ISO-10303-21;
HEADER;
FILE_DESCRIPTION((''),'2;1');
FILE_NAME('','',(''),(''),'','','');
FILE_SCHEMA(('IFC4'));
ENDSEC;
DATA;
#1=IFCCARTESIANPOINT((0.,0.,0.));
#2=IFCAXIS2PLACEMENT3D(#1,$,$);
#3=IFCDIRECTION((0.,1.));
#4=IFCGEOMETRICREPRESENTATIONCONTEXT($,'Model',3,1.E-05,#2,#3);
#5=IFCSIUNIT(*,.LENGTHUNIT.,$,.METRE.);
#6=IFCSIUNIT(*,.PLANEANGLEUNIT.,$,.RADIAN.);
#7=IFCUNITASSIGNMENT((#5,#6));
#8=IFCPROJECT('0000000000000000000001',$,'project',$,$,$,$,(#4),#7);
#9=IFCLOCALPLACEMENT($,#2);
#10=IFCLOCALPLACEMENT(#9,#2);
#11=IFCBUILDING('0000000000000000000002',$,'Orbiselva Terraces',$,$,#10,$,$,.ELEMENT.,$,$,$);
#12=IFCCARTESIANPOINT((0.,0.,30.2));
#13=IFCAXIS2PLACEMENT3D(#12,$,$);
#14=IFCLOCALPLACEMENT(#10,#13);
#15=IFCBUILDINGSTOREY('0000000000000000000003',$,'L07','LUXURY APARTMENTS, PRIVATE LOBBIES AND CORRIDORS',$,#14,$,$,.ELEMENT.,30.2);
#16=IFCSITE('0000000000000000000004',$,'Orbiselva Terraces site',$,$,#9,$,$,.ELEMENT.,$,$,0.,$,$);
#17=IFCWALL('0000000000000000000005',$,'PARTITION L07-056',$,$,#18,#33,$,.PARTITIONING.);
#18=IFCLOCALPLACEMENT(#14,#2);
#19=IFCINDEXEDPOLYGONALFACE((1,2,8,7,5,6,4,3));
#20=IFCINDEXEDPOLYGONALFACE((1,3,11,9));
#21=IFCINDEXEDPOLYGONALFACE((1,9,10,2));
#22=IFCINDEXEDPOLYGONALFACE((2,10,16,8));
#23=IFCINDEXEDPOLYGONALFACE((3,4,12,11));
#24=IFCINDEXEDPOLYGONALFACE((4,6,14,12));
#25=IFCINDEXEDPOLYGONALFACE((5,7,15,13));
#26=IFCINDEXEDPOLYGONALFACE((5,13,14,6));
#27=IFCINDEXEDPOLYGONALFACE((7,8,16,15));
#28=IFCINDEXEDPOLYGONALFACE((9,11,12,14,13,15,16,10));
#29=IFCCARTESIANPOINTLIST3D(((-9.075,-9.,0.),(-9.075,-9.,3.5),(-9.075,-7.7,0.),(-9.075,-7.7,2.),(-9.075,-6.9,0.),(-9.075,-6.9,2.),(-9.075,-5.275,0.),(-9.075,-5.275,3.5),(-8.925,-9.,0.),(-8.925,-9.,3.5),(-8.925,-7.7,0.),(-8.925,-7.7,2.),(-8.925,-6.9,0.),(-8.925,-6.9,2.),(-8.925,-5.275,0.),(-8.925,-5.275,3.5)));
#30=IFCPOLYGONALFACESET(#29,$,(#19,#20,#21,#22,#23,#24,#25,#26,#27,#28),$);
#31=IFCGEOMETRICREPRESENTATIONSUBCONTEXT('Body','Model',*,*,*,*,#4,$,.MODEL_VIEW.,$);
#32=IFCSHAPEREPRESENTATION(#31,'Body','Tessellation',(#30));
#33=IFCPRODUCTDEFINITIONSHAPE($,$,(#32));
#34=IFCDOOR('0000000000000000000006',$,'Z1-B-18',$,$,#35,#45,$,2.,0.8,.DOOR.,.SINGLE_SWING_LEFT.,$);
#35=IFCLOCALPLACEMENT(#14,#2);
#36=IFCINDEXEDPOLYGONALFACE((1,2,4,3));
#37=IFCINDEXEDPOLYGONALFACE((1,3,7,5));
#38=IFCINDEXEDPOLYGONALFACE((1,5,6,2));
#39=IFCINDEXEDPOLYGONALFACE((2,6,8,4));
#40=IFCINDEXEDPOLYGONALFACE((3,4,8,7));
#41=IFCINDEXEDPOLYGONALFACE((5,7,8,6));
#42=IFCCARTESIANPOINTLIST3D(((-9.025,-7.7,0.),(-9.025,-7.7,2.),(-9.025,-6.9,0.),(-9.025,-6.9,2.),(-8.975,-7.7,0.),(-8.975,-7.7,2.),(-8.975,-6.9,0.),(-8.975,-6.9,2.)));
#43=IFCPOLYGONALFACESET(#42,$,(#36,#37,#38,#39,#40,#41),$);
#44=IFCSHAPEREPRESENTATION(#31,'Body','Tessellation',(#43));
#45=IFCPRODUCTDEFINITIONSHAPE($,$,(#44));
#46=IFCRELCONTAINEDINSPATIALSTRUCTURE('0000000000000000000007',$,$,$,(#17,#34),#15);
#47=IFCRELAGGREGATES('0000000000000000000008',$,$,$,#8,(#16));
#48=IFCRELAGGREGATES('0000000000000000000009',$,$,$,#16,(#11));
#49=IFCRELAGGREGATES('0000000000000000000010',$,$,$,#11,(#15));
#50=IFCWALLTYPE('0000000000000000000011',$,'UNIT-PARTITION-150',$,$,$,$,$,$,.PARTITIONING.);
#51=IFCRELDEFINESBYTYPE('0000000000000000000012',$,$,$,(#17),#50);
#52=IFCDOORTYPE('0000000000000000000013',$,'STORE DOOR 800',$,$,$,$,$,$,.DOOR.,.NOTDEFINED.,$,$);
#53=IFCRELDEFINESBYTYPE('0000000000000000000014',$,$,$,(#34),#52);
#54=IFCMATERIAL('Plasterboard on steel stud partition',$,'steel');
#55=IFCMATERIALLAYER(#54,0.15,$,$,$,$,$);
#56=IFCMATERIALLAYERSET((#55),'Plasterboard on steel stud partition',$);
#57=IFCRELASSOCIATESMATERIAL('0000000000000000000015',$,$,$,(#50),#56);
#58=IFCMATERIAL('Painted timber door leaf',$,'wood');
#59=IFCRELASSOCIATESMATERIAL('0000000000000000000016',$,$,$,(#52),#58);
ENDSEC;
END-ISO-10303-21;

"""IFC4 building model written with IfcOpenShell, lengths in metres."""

from ifc_helpers import new_model, si_unit, direction, frame, frame_2d, origin, place, context, subcontext, project, spatial, rectangle, extrude, material, layer, layer_set, type_object, element, fill, save


model = new_model("IFC4")

# Units and contexts
model_context = context("Model", 3, precision=1e-05, world=origin(), true_north=direction((0.0, 1.0)))
body_context = subcontext(model_context, "Body", "Model", "MODEL_VIEW")
ifc_project = project(units=[si_unit("LENGTHUNIT", "METRE"), si_unit("PLANEANGLEUNIT", "RADIAN")], contexts=[model_context])

# Site, building, storey
site_placement = place(None, origin())
site = spatial("IfcSite", under=ifc_project, at=site_placement, Name="Orbiselva Terraces site", CompositionType="ELEMENT", RefElevation=0.0)
building_placement = place(site_placement, origin())
building = spatial("IfcBuilding", under=site, at=building_placement, Name="Orbiselva Terraces", CompositionType="ELEMENT")
storey_placement = place(building_placement, frame((0.0, 0.0, 30.2)))
storey = spatial("IfcBuildingStorey", under=building, at=storey_placement, Name="L07", Description="LUXURY APARTMENTS, PRIVATE LOBBIES AND CORRIDORS", CompositionType="ELEMENT", Elevation=30.2)

# Shared definitions
ifc_material_1 = material(Name="Plasterboard on steel stud partition", Category="steel")
ifc_material_2 = material(Name="Painted timber door leaf", Category="wood")

# Shared definitions
ifc_layer_1 = layer(ifc_material_1, 0.15)
ifc_layer_set_1 = layer_set([ifc_layer_1], Name="Plasterboard on steel stud partition")
wall_type_1 = type_object("IfcWallType", Name="UNIT-PARTITION-150", PredefinedType="PARTITIONING", material=ifc_layer_set_1)

# Shared definitions
door_type_1 = type_object("IfcDoorType", Name="STORE DOOR 800", OperationType="NOTDEFINED", PredefinedType="DOOR", material=ifc_material_2)

# Wall, opening, door
wall_1_placement = place(storey_placement, frame((-9.0, -9.0, 0.0), z_axis=(0.0, 0.0, 1.0), x_axis=(0.0, 1.0, 0.0)))
wall_1 = element("IfcWall", 1, at=wall_1_placement, inside=storey, type_object=wall_type_1, Name="PARTITION L07-056", PredefinedType="PARTITIONING", context=body_context, shape_type="SweptSolid", body=[
    extrude(rectangle(XDim=3.725, YDim=0.15, at=frame_2d((1.8625, 0.0))), origin(), (0.0, 0.0, 1.0), 3.5),
])
opening_1_placement = place(wall_1_placement, frame((1.3, 0.0, 0.0)))
opening_1 = element("IfcOpeningElement", 2, at=opening_1_placement, cuts=wall_1, PredefinedType="OPENING", context=body_context, shape_type="SweptSolid", body=[
    extrude(rectangle(XDim=0.8, YDim=2.0, at=frame_2d((0.4, 1.0))), frame((0.0, 0.085, 0.0), z_axis=(0.0, -1.0, 0.0), x_axis=(1.0, 0.0, 0.0)), (0.0, 0.0, 1.0), 0.17),
])
door_1_placement = place(opening_1_placement, origin())
door_1 = element("IfcDoor", 3, at=door_1_placement, inside=storey, type_object=door_type_1, Name="Z1-B-18", OperationType="SINGLE_SWING_LEFT", OverallHeight=2.0, OverallWidth=0.8, PredefinedType="DOOR", context=body_context, shape_type="SweptSolid", body=[
    extrude(rectangle(XDim=0.8, YDim=2.0, at=frame_2d((0.4, 1.0))), frame((0.0, 0.025, 0.0), z_axis=(0.0, -1.0, 0.0), x_axis=(1.0, 0.0, 0.0)), (0.0, 0.0, 1.0), 0.05),
])
fill(opening_1, door_1)

save(model, "model.ifc")
